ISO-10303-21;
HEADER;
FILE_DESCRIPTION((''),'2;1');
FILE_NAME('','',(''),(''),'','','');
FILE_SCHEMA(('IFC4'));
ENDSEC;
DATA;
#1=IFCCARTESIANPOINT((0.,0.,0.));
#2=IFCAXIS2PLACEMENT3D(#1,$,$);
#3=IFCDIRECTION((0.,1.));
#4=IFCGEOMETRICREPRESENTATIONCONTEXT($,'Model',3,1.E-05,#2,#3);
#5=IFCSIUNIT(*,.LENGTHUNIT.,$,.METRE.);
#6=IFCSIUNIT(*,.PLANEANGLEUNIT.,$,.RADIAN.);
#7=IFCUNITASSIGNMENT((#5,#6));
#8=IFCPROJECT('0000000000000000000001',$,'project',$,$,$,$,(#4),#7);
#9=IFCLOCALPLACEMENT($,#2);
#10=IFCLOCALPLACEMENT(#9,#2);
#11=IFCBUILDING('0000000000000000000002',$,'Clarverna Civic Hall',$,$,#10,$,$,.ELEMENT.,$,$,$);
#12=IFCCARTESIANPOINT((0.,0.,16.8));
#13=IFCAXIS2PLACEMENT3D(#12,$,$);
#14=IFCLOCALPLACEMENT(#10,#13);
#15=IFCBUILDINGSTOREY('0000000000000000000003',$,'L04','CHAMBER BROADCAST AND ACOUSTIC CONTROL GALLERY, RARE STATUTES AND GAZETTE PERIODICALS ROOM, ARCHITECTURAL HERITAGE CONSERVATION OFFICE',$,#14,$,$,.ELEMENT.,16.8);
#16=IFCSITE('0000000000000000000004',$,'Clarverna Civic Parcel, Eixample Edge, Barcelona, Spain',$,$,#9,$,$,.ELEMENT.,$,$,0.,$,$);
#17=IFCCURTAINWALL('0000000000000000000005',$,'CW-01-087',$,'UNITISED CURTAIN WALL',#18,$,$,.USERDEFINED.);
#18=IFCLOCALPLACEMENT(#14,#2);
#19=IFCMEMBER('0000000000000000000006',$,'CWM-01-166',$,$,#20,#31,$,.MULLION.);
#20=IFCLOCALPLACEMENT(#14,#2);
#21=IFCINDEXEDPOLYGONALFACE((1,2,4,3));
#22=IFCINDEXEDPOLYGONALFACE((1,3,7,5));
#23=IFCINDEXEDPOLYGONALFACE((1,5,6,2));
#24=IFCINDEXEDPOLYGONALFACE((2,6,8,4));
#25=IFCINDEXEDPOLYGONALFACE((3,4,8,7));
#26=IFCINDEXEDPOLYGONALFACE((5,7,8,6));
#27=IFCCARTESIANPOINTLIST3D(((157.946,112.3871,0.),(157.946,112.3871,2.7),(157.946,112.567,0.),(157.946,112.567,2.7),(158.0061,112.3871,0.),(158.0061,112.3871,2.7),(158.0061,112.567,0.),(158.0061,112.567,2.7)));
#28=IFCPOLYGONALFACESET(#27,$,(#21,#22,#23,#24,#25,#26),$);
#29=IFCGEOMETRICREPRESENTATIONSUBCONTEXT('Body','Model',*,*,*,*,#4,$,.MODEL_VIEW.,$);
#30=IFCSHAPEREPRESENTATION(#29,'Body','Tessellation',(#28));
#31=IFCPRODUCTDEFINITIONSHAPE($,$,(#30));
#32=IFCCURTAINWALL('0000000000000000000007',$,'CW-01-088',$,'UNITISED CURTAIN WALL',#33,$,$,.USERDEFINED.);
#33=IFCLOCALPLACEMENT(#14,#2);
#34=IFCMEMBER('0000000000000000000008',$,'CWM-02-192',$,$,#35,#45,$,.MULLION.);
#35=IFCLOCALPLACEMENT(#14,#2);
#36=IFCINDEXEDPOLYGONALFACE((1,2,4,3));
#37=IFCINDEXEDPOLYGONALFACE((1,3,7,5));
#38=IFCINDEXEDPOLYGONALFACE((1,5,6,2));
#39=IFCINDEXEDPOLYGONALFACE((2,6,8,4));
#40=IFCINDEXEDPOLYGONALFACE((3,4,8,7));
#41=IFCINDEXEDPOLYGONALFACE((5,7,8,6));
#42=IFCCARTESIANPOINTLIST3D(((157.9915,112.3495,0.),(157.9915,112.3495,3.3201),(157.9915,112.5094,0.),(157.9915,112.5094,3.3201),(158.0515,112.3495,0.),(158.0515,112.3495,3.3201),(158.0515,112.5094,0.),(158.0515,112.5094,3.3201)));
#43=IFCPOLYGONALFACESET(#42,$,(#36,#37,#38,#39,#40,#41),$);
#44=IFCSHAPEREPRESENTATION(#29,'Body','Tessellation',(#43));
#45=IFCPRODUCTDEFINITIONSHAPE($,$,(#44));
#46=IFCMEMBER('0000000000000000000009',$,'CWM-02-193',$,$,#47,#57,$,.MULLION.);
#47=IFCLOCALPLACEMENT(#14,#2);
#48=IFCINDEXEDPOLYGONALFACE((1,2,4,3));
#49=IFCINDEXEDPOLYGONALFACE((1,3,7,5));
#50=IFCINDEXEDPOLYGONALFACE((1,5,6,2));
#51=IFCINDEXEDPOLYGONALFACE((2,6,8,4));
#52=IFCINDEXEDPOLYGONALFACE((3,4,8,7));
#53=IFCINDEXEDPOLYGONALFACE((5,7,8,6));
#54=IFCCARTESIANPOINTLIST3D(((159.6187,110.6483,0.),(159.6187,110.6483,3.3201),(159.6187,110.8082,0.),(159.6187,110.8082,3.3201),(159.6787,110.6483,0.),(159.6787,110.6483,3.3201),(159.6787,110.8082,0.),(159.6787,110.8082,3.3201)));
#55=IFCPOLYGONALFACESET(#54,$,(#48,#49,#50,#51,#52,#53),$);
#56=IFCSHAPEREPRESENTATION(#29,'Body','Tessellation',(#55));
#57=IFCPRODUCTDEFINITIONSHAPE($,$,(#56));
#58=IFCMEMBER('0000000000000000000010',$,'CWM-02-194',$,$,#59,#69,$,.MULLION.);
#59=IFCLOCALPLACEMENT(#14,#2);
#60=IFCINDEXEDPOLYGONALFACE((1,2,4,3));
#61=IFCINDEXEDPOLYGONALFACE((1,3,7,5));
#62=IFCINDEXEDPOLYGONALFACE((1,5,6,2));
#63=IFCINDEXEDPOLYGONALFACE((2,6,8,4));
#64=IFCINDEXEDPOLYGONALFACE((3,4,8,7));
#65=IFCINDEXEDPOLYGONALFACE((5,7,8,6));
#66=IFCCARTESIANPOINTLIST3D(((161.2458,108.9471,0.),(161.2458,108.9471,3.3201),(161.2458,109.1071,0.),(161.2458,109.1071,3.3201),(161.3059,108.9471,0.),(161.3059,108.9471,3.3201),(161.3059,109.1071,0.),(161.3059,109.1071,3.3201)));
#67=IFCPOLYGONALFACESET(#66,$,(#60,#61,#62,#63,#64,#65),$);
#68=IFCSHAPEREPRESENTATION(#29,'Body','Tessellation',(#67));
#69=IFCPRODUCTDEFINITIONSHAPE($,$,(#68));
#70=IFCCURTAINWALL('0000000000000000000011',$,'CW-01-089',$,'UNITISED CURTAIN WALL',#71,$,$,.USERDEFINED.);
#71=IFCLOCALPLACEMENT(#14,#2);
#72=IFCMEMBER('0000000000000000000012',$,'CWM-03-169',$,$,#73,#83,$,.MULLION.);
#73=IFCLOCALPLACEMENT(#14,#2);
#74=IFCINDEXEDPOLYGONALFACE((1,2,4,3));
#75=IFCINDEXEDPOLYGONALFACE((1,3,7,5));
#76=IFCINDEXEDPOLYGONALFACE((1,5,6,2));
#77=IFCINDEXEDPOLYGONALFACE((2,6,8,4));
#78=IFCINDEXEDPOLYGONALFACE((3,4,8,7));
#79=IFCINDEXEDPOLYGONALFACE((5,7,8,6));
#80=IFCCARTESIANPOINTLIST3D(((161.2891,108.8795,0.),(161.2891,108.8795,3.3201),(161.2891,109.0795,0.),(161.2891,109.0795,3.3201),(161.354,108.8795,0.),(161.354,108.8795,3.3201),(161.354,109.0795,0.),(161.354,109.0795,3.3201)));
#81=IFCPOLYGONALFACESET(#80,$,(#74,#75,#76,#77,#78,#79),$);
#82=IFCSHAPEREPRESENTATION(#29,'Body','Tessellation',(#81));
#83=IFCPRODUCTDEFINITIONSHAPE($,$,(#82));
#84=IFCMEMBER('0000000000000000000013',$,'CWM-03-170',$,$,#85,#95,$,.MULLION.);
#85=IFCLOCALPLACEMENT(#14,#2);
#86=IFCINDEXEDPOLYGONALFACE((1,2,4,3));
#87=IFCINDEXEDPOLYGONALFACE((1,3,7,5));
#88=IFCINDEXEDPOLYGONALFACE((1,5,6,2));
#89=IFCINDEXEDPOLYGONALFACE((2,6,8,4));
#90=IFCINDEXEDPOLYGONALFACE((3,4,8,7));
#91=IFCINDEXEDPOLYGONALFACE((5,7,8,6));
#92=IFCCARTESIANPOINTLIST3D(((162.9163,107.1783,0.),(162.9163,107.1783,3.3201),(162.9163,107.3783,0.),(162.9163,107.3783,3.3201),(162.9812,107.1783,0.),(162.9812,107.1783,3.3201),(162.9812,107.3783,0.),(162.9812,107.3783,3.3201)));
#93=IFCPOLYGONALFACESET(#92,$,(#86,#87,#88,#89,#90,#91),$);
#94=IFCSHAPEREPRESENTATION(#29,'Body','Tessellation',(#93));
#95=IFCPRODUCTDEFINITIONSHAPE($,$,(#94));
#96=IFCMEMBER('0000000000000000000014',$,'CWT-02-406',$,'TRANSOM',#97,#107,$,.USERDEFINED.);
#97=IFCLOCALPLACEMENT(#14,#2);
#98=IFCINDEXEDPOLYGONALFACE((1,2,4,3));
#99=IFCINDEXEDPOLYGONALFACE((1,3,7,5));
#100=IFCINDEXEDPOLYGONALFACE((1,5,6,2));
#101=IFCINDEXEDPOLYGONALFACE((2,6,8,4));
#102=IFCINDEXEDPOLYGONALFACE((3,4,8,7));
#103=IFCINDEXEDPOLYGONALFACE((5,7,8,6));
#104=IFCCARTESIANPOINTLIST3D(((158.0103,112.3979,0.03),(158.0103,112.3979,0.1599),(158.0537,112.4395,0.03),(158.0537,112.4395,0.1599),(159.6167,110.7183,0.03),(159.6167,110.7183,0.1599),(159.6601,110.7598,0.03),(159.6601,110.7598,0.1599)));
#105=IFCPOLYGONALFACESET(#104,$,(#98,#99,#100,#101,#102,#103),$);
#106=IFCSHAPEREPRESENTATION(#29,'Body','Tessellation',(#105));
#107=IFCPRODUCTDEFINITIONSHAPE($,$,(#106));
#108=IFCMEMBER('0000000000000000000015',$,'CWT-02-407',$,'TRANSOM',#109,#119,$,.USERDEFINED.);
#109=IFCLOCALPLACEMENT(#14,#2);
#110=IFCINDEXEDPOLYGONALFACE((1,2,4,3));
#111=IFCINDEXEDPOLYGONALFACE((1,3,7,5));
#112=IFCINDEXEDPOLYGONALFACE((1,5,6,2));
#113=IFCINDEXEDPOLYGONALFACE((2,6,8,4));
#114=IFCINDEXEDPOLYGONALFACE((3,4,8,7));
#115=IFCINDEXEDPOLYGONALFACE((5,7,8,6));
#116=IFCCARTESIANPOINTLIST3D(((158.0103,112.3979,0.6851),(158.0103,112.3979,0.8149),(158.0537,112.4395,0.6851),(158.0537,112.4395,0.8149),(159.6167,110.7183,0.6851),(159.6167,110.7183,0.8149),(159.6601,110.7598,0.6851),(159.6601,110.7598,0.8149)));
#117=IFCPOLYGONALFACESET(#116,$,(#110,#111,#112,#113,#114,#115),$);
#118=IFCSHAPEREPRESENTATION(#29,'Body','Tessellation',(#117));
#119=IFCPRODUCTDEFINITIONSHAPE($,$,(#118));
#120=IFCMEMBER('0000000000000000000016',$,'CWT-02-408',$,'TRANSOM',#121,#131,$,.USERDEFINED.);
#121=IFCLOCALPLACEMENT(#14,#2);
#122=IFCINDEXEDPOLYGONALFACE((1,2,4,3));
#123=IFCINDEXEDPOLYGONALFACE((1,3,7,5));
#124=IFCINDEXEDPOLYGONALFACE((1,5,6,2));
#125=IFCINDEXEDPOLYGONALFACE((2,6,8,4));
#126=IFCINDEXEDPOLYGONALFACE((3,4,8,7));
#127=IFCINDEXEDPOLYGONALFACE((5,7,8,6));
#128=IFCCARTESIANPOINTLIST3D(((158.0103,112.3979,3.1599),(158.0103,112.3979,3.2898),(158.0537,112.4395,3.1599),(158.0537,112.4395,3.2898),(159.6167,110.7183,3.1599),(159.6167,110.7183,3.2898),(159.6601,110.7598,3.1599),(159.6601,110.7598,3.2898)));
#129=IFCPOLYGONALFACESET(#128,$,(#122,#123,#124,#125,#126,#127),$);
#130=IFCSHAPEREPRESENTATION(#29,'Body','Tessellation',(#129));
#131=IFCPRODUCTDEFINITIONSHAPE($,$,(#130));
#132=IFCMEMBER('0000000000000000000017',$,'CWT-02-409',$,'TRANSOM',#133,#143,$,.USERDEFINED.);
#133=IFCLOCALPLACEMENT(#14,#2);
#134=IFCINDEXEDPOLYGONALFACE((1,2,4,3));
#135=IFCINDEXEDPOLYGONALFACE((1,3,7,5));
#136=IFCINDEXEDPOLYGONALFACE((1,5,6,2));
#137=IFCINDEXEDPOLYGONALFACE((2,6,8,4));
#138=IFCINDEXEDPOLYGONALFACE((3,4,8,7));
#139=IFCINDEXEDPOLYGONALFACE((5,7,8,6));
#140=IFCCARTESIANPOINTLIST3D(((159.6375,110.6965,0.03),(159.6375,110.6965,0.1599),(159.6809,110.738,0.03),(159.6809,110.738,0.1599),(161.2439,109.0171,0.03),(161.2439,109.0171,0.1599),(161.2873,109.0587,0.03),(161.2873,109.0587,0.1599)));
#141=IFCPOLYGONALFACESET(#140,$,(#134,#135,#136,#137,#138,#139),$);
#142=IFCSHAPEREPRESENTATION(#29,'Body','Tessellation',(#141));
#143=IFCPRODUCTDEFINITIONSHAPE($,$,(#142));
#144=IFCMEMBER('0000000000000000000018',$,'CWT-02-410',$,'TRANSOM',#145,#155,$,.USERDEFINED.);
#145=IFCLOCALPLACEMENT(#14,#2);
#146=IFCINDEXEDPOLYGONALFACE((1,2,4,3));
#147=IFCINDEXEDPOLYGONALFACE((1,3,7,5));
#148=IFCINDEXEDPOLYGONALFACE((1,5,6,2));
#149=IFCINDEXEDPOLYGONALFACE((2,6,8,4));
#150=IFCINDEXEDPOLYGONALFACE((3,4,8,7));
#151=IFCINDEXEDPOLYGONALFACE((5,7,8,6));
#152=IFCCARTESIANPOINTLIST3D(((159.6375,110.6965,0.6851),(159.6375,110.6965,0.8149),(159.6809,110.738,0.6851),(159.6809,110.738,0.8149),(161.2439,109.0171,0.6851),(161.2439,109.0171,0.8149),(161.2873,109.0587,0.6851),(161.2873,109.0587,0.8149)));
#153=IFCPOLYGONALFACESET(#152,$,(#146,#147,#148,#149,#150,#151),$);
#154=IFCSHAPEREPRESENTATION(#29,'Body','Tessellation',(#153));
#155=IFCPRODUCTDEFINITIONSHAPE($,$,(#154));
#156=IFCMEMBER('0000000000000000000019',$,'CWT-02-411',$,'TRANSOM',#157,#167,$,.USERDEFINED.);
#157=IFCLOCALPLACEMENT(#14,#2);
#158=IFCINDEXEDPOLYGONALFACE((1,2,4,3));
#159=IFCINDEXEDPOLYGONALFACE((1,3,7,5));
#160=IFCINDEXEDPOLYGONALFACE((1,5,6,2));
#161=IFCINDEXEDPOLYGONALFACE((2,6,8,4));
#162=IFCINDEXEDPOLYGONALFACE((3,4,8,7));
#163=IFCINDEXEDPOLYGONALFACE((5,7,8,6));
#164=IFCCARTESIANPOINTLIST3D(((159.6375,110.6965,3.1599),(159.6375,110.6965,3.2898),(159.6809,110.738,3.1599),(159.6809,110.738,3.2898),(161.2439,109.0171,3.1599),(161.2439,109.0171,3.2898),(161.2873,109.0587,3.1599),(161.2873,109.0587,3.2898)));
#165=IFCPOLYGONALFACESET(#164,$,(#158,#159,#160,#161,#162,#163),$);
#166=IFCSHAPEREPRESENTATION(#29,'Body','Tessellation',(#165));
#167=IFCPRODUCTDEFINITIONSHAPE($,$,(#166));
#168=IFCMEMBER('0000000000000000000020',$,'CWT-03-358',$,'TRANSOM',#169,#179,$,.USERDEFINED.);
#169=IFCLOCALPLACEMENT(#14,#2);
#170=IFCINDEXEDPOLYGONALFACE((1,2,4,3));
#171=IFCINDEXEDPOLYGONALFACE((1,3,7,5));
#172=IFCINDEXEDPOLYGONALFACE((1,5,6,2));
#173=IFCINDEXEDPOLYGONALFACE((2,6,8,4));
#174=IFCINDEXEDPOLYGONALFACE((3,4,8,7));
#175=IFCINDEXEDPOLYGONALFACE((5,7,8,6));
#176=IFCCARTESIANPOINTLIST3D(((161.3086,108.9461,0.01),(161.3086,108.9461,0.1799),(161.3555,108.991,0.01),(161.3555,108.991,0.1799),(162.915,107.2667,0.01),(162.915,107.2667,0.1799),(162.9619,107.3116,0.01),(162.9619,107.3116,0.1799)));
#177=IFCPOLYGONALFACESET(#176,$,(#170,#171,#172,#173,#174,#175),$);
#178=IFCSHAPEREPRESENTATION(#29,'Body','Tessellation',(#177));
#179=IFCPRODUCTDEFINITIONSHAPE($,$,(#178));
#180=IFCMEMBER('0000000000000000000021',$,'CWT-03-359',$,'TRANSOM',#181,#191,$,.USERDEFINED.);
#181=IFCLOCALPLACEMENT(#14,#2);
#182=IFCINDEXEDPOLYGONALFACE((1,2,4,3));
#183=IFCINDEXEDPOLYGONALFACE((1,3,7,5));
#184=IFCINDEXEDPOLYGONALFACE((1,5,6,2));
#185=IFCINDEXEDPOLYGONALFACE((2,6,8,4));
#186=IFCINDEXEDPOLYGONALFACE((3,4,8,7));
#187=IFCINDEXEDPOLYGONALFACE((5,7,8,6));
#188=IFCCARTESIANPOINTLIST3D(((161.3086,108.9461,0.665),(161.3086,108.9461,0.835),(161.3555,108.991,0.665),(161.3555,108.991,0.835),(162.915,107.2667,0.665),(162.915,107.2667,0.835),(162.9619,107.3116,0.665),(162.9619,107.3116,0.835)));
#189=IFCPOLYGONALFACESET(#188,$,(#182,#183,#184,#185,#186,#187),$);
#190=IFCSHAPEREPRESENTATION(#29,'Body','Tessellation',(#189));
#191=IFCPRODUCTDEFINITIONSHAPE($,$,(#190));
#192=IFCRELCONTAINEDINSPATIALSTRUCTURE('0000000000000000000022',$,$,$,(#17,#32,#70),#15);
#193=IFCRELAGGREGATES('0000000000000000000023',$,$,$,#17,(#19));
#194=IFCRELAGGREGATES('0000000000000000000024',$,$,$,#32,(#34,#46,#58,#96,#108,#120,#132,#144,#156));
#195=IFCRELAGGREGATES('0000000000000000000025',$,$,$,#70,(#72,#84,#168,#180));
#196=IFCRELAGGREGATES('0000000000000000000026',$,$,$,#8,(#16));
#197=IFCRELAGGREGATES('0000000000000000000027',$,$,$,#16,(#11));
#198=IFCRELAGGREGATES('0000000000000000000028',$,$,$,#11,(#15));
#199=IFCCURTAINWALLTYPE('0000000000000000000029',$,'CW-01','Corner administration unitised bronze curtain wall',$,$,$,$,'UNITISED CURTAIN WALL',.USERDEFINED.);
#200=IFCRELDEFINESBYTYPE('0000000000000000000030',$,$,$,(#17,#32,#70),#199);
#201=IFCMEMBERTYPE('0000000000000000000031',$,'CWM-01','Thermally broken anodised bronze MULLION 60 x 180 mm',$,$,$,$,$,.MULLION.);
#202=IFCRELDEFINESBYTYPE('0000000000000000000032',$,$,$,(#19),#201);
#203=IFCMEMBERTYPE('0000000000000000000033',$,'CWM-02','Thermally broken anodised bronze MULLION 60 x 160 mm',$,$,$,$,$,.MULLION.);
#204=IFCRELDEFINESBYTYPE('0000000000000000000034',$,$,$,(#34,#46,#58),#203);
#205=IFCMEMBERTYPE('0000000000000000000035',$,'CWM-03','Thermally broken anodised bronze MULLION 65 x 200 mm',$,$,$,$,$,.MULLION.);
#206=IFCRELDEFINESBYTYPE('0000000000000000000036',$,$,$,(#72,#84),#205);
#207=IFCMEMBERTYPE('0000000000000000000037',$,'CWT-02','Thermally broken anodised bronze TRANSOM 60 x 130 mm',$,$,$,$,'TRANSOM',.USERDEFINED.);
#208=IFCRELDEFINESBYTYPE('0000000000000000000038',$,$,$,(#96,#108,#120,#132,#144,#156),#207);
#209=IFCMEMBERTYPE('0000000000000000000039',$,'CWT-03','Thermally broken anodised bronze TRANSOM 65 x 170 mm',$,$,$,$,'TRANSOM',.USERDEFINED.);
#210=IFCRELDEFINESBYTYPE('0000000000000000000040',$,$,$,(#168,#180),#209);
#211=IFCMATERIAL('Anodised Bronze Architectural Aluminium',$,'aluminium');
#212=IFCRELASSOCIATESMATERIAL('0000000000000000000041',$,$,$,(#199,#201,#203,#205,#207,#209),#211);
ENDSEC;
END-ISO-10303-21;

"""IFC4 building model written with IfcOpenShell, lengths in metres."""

from ifc_helpers import new_model, si_unit, direction, frame, origin, origin_2d, place, context, subcontext, project, spatial, rectangle, extrude, material, material_profile, profile_set, type_object, element, aggregate, save


model = new_model("IFC4")

# Units and contexts
model_context = context("Model", 3, precision=1e-05, world=origin(), true_north=direction((0.0, 1.0)))
body_context = subcontext(model_context, "Body", "Model", "MODEL_VIEW")
ifc_project = project(units=[si_unit("LENGTHUNIT", "METRE"), si_unit("PLANEANGLEUNIT", "RADIAN")], contexts=[model_context])

# Site, building, storey
site_placement = place(None, origin())
site = spatial("IfcSite", under=ifc_project, at=site_placement, Name="Clarverna Civic Parcel, Eixample Edge, Barcelona, Spain", CompositionType="ELEMENT", RefElevation=0.0)
building_placement = place(site_placement, origin())
building = spatial("IfcBuilding", under=site, at=building_placement, Name="Clarverna Civic Hall", CompositionType="ELEMENT")
storey_placement = place(building_placement, frame((0.0, 0.0, 16.8)))
storey = spatial("IfcBuildingStorey", under=building, at=storey_placement, Name="L04", Description="CHAMBER BROADCAST AND ACOUSTIC CONTROL GALLERY, RARE STATUTES AND GAZETTE PERIODICALS ROOM, ARCHITECTURAL HERITAGE CONSERVATION OFFICE", CompositionType="ELEMENT", Elevation=16.8)

# Curtain wall, member
ifc_material_1 = material(Name="Anodised Bronze Architectural Aluminium", Category="aluminium")
curtain_wall_type = type_object("IfcCurtainWallType", Name="CW-01", Description="Corner administration unitised bronze curtain wall", ElementType="UNITISED CURTAIN WALL", PredefinedType="USERDEFINED", material=ifc_material_1)
curtain_wall_1_placement = place(storey_placement, origin())
curtain_wall_1 = element("IfcCurtainWall", 1, at=curtain_wall_1_placement, inside=storey, type_object=curtain_wall_type, Name="CW-01-087", ObjectType="UNITISED CURTAIN WALL", PredefinedType="USERDEFINED")
ifc_material_profile_1 = material_profile(ifc_material_1, rectangle(XDim=0.0601, YDim=0.1799, at=origin_2d()), Name="BRONZE 60x180")
ifc_profile_set_1 = profile_set([ifc_material_profile_1], Name="Anodised Bronze Architectural Aluminium")
member_type_1 = type_object("IfcMemberType", Name="CWM-01", Description="Thermally broken anodised bronze MULLION 60 x 180 mm", PredefinedType="MULLION", material=ifc_profile_set_1)
member_1_placement = place(storey_placement, frame((157.9761, 112.4771, 0.0), z_axis=(0.0, 0.0, 1.0), x_axis=(1.0, 0.0, 0.0)))
member_1 = element("IfcMember", 2, at=member_1_placement, type_object=member_type_1, Name="CWM-01-166", PredefinedType="MULLION", context=body_context, shape_type="SweptSolid", body=[
    extrude(rectangle(XDim=0.0601, YDim=0.1799, at=origin_2d()), origin(), (0.0, 0.0, 1.0), 2.7),
])

# Curtain walls, members
curtain_wall_2_placement = place(storey_placement, origin())
curtain_wall_2 = element("IfcCurtainWall", 3, at=curtain_wall_2_placement, inside=storey, type_object=curtain_wall_type, Name="CW-01-088", ObjectType="UNITISED CURTAIN WALL", PredefinedType="USERDEFINED")
ifc_material_profile_2 = material_profile(ifc_material_1, rectangle(XDim=0.0601, YDim=0.1599, at=origin_2d()), Name="BRONZE 60x160")
ifc_profile_set_2 = profile_set([ifc_material_profile_2], Name="Anodised Bronze Architectural Aluminium")
member_type_2 = type_object("IfcMemberType", Name="CWM-02", Description="Thermally broken anodised bronze MULLION 60 x 160 mm", PredefinedType="MULLION", material=ifc_profile_set_2)
member_2_placement = place(storey_placement, frame((158.0215, 112.4294, 0.0), z_axis=(0.0, 0.0, 1.0), x_axis=(1.0, 0.0, 0.0)))
member_2 = element("IfcMember", 4, at=member_2_placement, type_object=member_type_2, Name="CWM-02-192", PredefinedType="MULLION", context=body_context, shape_type="SweptSolid", body=[
    extrude(rectangle(XDim=0.0601, YDim=0.1599, at=origin_2d()), origin(), (0.0, 0.0, 1.0), 3.3201),
])
member_3_placement = place(storey_placement, frame((159.6487, 110.7283, 0.0), z_axis=(0.0, 0.0, 1.0), x_axis=(1.0, 0.0, 0.0)))
member_3 = element("IfcMember", 5, at=member_3_placement, type_object=member_type_2, Name="CWM-02-193", PredefinedType="MULLION", context=body_context, shape_type="SweptSolid", body=[
    extrude(rectangle(XDim=0.0601, YDim=0.1599, at=origin_2d()), origin(), (0.0, 0.0, 1.0), 3.3201),
])
member_4_placement = place(storey_placement, frame((161.2759, 109.0271, 0.0), z_axis=(0.0, 0.0, 1.0), x_axis=(1.0, 0.0, 0.0)))
member_4 = element("IfcMember", 6, at=member_4_placement, type_object=member_type_2, Name="CWM-02-194", PredefinedType="MULLION", context=body_context, shape_type="SweptSolid", body=[
    extrude(rectangle(XDim=0.0601, YDim=0.1599, at=origin_2d()), origin(), (0.0, 0.0, 1.0), 3.3201),
])
curtain_wall_3_placement = place(storey_placement, origin())
curtain_wall_3 = element("IfcCurtainWall", 7, at=curtain_wall_3_placement, inside=storey, type_object=curtain_wall_type, Name="CW-01-089", ObjectType="UNITISED CURTAIN WALL", PredefinedType="USERDEFINED")
ifc_material_profile_3 = material_profile(ifc_material_1, rectangle(XDim=0.0649, YDim=0.2, at=origin_2d()), Name="BRONZE 65x200")
ifc_profile_set_3 = profile_set([ifc_material_profile_3], Name="Anodised Bronze Architectural Aluminium")
member_type_3 = type_object("IfcMemberType", Name="CWM-03", Description="Thermally broken anodised bronze MULLION 65 x 200 mm", PredefinedType="MULLION", material=ifc_profile_set_3)
member_5_placement = place(storey_placement, frame((161.3215, 108.9795, 0.0), z_axis=(0.0, 0.0, 1.0), x_axis=(1.0, 0.0, 0.0)))
member_5 = element("IfcMember", 8, at=member_5_placement, type_object=member_type_3, Name="CWM-03-169", PredefinedType="MULLION", context=body_context, shape_type="SweptSolid", body=[
    extrude(rectangle(XDim=0.0649, YDim=0.2, at=origin_2d()), origin(), (0.0, 0.0, 1.0), 3.3201),
])
member_6_placement = place(storey_placement, frame((162.9487, 107.2783, 0.0), z_axis=(0.0, 0.0, 1.0), x_axis=(1.0, 0.0, 0.0)))
member_6 = element("IfcMember", 9, at=member_6_placement, type_object=member_type_3, Name="CWM-03-170", PredefinedType="MULLION", context=body_context, shape_type="SweptSolid", body=[
    extrude(rectangle(XDim=0.0649, YDim=0.2, at=origin_2d()), origin(), (0.0, 0.0, 1.0), 3.3201),
])

# Members
ifc_material_profile_4 = material_profile(ifc_material_1, rectangle(XDim=0.0601, YDim=0.1299, at=origin_2d()), Name="BRONZE 60x130")
ifc_profile_set_4 = profile_set([ifc_material_profile_4], Name="Anodised Bronze Architectural Aluminium")
member_type_4 = type_object("IfcMemberType", Name="CWT-02", Description="Thermally broken anodised bronze TRANSOM 60 x 130 mm", ElementType="TRANSOM", PredefinedType="USERDEFINED", material=ifc_profile_set_4)
member_7_placement = place(storey_placement, frame((158.032, 112.4187, 0.095), z_axis=(0.691175, -0.722687, 0.0), x_axis=(0.722687, 0.691175, 0.0)))
member_7 = element("IfcMember", 10, at=member_7_placement, type_object=member_type_4, Name="CWT-02-406", ObjectType="TRANSOM", PredefinedType="USERDEFINED", context=body_context, shape_type="SweptSolid", body=[
    extrude(rectangle(XDim=0.0601, YDim=0.1299, at=origin_2d()), origin(), (0.0, 0.0, 1.0), 2.3242),
])
member_8_placement = place(storey_placement, frame((158.032, 112.4187, 0.75), z_axis=(0.691175, -0.722687, 0.0), x_axis=(0.722687, 0.691175, 0.0)))
member_8 = element("IfcMember", 11, at=member_8_placement, type_object=member_type_4, Name="CWT-02-407", ObjectType="TRANSOM", PredefinedType="USERDEFINED", context=body_context, shape_type="SweptSolid", body=[
    extrude(rectangle(XDim=0.0601, YDim=0.1299, at=origin_2d()), origin(), (0.0, 0.0, 1.0), 2.3242),
])
member_9_placement = place(storey_placement, frame((158.032, 112.4187, 3.2249), z_axis=(0.691175, -0.722687, 0.0), x_axis=(0.722687, 0.691175, 0.0)))
member_9 = element("IfcMember", 12, at=member_9_placement, type_object=member_type_4, Name="CWT-02-408", ObjectType="TRANSOM", PredefinedType="USERDEFINED", context=body_context, shape_type="SweptSolid", body=[
    extrude(rectangle(XDim=0.0601, YDim=0.1299, at=origin_2d()), origin(), (0.0, 0.0, 1.0), 2.3242),
])
member_10_placement = place(storey_placement, frame((159.6592, 110.7173, 0.095), z_axis=(0.691227, -0.722637, 0.0), x_axis=(0.722637, 0.691227, 0.0)))
member_10 = element("IfcMember", 13, at=member_10_placement, type_object=member_type_4, Name="CWT-02-409", ObjectType="TRANSOM", PredefinedType="USERDEFINED", context=body_context, shape_type="SweptSolid", body=[
    extrude(rectangle(XDim=0.0601, YDim=0.1299, at=origin_2d()), origin(), (0.0, 0.0, 1.0), 2.324),
])
member_11_placement = place(storey_placement, frame((159.6592, 110.7173, 0.75), z_axis=(0.691227, -0.722637, 0.0), x_axis=(0.722637, 0.691227, 0.0)))
member_11 = element("IfcMember", 14, at=member_11_placement, type_object=member_type_4, Name="CWT-02-410", ObjectType="TRANSOM", PredefinedType="USERDEFINED", context=body_context, shape_type="SweptSolid", body=[
    extrude(rectangle(XDim=0.0601, YDim=0.1299, at=origin_2d()), origin(), (0.0, 0.0, 1.0), 2.324),
])
member_12_placement = place(storey_placement, frame((159.6592, 110.7173, 3.2249), z_axis=(0.691227, -0.722637, 0.0), x_axis=(0.722637, 0.691227, 0.0)))
member_12 = element("IfcMember", 15, at=member_12_placement, type_object=member_type_4, Name="CWT-02-411", ObjectType="TRANSOM", PredefinedType="USERDEFINED", context=body_context, shape_type="SweptSolid", body=[
    extrude(rectangle(XDim=0.0601, YDim=0.1299, at=origin_2d()), origin(), (0.0, 0.0, 1.0), 2.324),
])
ifc_material_profile_5 = material_profile(ifc_material_1, rectangle(XDim=0.0649, YDim=0.1699, at=origin_2d()), Name="BRONZE 65x170")
ifc_profile_set_5 = profile_set([ifc_material_profile_5], Name="Anodised Bronze Architectural Aluminium")
member_type_5 = type_object("IfcMemberType", Name="CWT-03", Description="Thermally broken anodised bronze TRANSOM 65 x 170 mm", ElementType="TRANSOM", PredefinedType="USERDEFINED", material=ifc_profile_set_5)
member_13_placement = place(storey_placement, frame((161.332, 108.9685, 0.095), z_axis=(0.691227, -0.722637, 0.0), x_axis=(0.722637, 0.691227, 0.0)))
member_13 = element("IfcMember", 16, at=member_13_placement, type_object=member_type_5, Name="CWT-03-358", ObjectType="TRANSOM", PredefinedType="USERDEFINED", context=body_context, shape_type="SweptSolid", body=[
    extrude(rectangle(XDim=0.0649, YDim=0.1699, at=origin_2d()), origin(), (0.0, 0.0, 1.0), 2.324),
])
member_14_placement = place(storey_placement, frame((161.332, 108.9685, 0.75), z_axis=(0.691227, -0.722637, 0.0), x_axis=(0.722637, 0.691227, 0.0)))
member_14 = element("IfcMember", 17, at=member_14_placement, type_object=member_type_5, Name="CWT-03-359", ObjectType="TRANSOM", PredefinedType="USERDEFINED", context=body_context, shape_type="SweptSolid", body=[
    extrude(rectangle(XDim=0.0649, YDim=0.1699, at=origin_2d()), origin(), (0.0, 0.0, 1.0), 2.324),
])

aggregate(curtain_wall_1, [member_1])
aggregate(curtain_wall_2, [member_2, member_3, member_4, member_7, member_8, member_9, member_10, member_11, member_12])
aggregate(curtain_wall_3, [member_5, member_6, member_13, member_14])

save(model, "model.ifc")
